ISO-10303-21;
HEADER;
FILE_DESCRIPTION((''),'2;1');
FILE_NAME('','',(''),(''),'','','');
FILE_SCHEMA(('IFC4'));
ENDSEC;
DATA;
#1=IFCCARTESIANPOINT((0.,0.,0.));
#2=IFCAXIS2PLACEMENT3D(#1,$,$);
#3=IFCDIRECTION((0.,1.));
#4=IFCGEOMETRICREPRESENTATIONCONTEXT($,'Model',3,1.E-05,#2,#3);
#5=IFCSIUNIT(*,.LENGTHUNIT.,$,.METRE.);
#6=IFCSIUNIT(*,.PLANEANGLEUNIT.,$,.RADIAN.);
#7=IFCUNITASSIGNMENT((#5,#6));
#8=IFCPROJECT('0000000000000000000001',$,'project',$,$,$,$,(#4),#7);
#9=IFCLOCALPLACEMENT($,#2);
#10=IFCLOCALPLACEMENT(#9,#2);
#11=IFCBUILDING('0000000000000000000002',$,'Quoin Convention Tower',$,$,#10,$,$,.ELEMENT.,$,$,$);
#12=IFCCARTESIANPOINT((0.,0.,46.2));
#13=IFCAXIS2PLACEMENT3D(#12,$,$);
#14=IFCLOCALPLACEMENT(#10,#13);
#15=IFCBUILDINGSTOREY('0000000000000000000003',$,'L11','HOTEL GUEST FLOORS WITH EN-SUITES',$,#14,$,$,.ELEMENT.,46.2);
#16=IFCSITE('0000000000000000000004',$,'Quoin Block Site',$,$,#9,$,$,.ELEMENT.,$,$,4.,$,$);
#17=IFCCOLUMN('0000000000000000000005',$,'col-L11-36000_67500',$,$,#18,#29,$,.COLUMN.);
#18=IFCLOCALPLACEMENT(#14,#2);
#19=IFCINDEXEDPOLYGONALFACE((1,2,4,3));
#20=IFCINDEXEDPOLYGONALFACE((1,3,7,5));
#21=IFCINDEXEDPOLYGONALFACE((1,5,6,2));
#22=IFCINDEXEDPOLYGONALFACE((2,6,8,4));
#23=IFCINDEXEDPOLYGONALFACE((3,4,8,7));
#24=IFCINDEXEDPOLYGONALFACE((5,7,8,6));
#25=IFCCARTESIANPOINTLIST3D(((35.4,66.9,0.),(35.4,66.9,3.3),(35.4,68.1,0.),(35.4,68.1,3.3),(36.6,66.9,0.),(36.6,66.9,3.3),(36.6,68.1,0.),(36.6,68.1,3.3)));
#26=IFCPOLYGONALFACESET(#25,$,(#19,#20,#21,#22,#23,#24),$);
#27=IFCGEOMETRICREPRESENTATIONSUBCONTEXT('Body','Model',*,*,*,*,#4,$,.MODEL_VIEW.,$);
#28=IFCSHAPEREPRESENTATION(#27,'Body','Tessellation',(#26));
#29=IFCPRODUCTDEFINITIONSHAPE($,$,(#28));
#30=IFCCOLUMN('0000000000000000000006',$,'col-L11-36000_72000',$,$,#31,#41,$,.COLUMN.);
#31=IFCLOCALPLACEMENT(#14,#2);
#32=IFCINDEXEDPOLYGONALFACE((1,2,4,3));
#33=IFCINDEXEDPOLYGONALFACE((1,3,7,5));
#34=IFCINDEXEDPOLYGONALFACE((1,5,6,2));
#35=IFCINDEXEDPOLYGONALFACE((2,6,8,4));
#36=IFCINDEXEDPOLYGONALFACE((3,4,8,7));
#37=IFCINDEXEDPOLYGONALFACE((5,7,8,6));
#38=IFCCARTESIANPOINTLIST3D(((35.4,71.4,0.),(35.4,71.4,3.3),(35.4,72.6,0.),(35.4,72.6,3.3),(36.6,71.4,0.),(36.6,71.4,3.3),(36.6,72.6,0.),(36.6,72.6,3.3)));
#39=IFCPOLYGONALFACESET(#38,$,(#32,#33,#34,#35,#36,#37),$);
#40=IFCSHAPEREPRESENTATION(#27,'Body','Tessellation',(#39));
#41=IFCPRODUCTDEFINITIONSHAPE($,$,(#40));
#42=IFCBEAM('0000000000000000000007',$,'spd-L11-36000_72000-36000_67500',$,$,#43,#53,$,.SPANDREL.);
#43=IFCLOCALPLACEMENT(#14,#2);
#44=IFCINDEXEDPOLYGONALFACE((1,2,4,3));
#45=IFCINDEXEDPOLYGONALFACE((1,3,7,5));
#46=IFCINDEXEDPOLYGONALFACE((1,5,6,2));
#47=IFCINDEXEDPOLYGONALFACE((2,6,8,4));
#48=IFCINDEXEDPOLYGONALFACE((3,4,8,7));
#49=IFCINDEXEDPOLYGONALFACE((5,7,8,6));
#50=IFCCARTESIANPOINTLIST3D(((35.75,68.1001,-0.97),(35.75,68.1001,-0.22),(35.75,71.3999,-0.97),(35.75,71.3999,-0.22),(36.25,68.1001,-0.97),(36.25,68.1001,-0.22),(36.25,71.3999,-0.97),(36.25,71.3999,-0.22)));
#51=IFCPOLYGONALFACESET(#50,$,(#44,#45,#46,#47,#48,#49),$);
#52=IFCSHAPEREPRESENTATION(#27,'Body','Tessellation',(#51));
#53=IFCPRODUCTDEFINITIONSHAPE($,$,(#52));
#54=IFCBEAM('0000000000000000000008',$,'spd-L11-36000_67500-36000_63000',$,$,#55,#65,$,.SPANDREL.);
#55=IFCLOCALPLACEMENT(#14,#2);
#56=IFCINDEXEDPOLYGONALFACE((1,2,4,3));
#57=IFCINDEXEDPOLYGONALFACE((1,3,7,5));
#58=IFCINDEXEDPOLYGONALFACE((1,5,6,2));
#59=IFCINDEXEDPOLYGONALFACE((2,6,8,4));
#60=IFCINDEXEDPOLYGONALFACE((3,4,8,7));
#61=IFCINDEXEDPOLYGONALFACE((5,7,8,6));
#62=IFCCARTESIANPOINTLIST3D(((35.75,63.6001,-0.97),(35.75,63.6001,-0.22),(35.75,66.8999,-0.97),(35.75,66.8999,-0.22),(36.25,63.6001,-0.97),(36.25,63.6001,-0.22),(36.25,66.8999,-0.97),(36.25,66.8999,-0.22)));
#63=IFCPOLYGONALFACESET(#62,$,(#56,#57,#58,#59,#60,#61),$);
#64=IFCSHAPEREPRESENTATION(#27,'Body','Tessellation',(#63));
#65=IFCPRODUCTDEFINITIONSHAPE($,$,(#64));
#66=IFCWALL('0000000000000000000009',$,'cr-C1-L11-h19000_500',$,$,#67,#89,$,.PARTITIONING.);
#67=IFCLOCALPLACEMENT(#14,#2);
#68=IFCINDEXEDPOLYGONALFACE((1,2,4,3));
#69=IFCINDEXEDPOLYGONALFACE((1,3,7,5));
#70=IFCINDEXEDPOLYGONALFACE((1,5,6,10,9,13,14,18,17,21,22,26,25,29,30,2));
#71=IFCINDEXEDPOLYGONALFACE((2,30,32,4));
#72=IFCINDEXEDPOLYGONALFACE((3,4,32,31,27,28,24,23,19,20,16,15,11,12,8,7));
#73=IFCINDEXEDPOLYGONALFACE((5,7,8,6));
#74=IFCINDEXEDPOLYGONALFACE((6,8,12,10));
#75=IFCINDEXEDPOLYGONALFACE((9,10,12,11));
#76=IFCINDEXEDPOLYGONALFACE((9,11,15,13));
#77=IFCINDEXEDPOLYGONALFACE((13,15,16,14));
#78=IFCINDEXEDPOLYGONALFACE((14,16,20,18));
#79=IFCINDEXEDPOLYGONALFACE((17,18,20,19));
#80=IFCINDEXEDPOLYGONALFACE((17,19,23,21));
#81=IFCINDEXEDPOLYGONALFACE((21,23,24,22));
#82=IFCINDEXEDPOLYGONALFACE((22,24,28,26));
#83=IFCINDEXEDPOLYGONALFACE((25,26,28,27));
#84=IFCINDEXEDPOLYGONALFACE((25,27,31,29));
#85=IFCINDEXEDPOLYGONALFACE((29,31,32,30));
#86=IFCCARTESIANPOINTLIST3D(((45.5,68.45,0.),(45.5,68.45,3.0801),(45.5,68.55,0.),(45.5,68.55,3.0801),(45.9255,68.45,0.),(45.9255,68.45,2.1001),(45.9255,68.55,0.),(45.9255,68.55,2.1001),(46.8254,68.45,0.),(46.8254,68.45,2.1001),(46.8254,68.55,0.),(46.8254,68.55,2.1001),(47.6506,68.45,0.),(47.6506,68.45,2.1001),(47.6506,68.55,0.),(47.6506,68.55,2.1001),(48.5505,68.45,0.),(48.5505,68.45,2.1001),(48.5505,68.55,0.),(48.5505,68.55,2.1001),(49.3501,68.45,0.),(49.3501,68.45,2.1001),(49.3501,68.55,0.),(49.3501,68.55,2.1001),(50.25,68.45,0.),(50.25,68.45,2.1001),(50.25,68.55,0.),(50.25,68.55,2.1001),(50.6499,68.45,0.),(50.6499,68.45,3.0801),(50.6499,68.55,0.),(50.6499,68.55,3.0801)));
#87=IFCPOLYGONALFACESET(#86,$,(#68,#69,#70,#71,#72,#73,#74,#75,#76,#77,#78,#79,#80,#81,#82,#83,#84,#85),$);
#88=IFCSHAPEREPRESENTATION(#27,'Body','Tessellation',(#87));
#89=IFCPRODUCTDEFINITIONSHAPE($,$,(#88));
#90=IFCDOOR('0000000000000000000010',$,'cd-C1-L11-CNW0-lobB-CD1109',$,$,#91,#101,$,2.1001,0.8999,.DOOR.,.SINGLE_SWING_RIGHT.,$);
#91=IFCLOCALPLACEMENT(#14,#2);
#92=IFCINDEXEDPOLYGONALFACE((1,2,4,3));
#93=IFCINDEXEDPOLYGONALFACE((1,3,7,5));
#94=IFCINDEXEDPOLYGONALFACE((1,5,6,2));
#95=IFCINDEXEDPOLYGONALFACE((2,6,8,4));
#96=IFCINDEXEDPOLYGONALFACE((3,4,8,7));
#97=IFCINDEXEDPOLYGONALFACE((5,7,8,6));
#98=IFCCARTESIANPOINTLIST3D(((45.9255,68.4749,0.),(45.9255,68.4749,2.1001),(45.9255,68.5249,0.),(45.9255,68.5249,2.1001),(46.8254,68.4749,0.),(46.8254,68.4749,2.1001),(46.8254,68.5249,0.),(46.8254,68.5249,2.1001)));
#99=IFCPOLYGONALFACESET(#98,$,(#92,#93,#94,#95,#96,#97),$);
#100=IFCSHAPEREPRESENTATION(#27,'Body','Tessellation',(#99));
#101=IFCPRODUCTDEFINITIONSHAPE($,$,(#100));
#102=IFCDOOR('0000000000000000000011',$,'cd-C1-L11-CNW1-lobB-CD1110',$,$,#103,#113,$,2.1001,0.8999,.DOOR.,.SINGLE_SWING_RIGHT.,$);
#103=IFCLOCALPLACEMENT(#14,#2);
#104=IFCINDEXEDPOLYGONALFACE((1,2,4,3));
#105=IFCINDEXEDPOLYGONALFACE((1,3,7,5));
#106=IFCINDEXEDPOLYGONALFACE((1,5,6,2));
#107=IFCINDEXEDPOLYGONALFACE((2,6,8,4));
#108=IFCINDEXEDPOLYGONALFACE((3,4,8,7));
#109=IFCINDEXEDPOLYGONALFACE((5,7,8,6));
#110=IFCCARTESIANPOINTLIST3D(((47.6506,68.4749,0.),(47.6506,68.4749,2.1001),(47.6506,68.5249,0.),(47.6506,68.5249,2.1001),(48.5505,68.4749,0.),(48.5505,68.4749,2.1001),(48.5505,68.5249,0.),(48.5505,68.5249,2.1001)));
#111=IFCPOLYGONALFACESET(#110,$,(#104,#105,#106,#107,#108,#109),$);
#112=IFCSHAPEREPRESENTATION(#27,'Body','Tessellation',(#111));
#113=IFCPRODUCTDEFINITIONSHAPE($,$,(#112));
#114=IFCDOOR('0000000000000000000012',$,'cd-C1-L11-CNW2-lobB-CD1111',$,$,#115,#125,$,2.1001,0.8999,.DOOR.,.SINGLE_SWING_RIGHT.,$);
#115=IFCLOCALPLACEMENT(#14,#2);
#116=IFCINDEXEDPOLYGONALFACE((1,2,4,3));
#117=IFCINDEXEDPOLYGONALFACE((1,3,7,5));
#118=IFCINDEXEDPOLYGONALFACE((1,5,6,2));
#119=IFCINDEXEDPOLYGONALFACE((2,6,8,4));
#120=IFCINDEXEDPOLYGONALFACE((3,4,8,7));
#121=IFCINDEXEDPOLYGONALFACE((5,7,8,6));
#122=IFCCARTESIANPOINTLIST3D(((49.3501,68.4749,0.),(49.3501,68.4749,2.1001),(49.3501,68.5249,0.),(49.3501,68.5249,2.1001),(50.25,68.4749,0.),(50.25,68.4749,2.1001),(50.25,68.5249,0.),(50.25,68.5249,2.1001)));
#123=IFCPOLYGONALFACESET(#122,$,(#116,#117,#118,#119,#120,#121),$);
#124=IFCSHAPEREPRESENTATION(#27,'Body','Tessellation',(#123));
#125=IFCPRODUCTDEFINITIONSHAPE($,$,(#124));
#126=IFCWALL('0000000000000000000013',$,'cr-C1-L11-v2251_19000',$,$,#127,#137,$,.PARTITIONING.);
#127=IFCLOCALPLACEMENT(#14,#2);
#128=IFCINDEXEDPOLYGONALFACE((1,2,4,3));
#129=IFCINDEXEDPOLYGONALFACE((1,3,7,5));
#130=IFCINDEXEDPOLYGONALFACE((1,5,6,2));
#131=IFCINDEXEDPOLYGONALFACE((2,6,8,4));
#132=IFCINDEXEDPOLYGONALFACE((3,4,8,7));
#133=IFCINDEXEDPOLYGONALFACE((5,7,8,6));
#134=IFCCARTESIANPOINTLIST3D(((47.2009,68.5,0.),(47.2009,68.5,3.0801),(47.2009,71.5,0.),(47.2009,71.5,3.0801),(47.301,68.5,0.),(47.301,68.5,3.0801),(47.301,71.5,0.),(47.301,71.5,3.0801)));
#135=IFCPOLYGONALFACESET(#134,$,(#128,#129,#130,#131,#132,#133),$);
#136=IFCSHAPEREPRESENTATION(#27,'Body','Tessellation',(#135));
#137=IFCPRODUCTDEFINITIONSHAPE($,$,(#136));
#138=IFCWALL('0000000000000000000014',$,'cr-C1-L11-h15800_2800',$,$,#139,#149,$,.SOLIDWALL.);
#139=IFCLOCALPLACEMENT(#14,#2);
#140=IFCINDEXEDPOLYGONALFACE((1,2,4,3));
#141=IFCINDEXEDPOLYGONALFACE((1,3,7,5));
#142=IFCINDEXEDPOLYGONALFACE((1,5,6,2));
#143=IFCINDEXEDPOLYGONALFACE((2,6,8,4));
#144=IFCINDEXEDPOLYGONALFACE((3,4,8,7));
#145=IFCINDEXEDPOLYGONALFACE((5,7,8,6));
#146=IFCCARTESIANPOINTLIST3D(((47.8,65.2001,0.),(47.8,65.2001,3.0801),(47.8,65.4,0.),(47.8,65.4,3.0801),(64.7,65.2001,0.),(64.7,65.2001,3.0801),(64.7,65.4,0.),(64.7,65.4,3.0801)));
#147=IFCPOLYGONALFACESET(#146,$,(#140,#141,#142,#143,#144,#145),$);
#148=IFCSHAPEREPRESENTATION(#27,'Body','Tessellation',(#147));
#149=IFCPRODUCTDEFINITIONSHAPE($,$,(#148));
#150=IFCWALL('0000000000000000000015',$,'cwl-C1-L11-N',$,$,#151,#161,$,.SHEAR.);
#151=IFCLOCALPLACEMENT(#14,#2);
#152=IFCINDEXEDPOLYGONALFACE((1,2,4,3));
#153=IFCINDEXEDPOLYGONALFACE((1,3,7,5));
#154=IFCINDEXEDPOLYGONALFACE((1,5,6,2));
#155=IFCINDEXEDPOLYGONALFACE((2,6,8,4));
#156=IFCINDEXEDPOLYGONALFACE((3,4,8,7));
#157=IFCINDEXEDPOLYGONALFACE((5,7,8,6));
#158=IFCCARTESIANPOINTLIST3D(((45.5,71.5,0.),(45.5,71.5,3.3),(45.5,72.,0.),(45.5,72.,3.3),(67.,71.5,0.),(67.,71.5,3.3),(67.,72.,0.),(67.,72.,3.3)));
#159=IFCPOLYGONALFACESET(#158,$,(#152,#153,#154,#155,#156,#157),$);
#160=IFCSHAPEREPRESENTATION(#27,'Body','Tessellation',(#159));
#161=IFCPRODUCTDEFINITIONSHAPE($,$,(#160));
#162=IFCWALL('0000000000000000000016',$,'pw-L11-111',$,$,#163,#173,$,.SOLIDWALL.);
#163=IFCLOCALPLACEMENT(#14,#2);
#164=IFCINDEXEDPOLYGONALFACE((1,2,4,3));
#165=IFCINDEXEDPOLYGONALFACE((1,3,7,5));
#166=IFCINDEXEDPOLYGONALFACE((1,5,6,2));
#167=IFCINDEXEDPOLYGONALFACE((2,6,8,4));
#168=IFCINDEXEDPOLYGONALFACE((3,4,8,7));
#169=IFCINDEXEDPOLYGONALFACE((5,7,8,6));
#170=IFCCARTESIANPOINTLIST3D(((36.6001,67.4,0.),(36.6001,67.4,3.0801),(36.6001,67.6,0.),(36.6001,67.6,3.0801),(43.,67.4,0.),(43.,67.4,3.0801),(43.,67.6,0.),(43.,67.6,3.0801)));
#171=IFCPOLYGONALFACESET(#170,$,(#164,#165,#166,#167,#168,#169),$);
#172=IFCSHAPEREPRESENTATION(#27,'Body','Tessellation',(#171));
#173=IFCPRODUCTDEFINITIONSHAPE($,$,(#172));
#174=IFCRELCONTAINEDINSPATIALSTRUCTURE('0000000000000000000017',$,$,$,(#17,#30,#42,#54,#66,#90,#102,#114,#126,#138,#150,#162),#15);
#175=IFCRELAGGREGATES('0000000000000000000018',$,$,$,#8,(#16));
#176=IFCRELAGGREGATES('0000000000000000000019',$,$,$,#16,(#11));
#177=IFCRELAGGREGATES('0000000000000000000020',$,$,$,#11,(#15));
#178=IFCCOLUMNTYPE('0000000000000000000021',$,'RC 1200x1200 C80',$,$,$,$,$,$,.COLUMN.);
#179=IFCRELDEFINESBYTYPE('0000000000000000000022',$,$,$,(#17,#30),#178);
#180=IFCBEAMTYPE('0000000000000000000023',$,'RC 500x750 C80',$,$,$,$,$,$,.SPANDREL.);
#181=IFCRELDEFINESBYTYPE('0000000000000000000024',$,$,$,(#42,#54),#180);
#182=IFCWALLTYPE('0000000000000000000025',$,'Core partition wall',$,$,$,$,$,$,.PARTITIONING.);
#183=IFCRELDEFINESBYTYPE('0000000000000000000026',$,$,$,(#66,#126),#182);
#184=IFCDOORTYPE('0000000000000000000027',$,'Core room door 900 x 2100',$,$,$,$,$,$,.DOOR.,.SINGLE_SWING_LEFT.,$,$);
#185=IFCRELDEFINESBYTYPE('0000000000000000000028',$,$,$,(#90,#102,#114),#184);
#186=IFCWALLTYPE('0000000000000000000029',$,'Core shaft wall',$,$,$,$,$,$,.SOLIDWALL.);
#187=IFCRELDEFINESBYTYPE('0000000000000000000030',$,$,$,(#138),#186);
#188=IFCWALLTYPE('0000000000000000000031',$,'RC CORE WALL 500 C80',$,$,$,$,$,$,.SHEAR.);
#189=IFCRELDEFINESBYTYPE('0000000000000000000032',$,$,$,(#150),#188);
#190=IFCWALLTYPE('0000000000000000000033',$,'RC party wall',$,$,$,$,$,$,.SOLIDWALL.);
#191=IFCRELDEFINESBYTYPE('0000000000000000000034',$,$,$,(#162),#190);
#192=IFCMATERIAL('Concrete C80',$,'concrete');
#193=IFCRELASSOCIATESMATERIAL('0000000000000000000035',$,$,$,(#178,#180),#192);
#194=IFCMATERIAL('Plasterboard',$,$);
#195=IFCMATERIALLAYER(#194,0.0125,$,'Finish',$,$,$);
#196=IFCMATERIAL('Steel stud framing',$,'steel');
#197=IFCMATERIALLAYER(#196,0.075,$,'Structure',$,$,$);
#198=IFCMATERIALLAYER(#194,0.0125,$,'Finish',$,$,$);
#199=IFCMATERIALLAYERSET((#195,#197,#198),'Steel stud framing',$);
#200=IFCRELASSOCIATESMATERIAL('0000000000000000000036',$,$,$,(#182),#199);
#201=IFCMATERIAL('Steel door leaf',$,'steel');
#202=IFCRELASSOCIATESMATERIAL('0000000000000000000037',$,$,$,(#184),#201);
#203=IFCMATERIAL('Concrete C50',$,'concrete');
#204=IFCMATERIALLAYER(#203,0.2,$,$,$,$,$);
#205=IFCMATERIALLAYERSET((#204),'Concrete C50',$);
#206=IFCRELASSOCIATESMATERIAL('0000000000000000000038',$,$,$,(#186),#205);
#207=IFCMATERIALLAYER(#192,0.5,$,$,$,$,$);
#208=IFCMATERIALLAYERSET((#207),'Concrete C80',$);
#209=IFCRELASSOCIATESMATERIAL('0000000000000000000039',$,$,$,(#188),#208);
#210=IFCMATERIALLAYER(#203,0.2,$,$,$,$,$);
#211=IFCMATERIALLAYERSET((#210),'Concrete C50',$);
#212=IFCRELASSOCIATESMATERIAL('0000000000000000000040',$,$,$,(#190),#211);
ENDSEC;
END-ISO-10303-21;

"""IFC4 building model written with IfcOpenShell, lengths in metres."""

from ifc_helpers import new_model, si_unit, direction, frame, frame_2d, origin, origin_2d, place, context, subcontext, project, spatial, rectangle, extrude, material, layer, layer_set, material_profile, profile_set, type_object, element, fill, save


model = new_model("IFC4")

# Units and contexts
model_context = context("Model", 3, precision=1e-05, world=origin(), true_north=direction((0.0, 1.0)))
body_context = subcontext(model_context, "Body", "Model", "MODEL_VIEW")
ifc_project = project(units=[si_unit("LENGTHUNIT", "METRE"), si_unit("PLANEANGLEUNIT", "RADIAN")], contexts=[model_context])

# Site, building, storey
site_placement = place(None, origin())
site = spatial("IfcSite", under=ifc_project, at=site_placement, Name="Quoin Block Site", CompositionType="ELEMENT", RefElevation=4.0)
building_placement = place(site_placement, origin())
building = spatial("IfcBuilding", under=site, at=building_placement, Name="Quoin Convention Tower", CompositionType="ELEMENT")
storey_placement = place(building_placement, frame((0.0, 0.0, 46.2)))
storey = spatial("IfcBuildingStorey", under=building, at=storey_placement, Name="L11", Description="HOTEL GUEST FLOORS WITH EN-SUITES", CompositionType="ELEMENT", Elevation=46.2)

# Columns
ifc_material_1 = material(Name="Concrete C80", Category="concrete")
ifc_material_profile_1 = material_profile(ifc_material_1, rectangle(XDim=1.2, YDim=1.2, at=origin_2d()), Name="RC 1200x1200")
ifc_profile_set_1 = profile_set([ifc_material_profile_1], Name="Concrete C80")
column_type = type_object("IfcColumnType", Name="RC 1200x1200 C80", PredefinedType="COLUMN", material=ifc_profile_set_1)
for number, where, z_axis, x_axis, name in (
    (1, (36.0, 67.5, 0.0), (0.0, 0.0, 1.0), (1.0, 0.0, 0.0), "col-L11-36000_67500"),
    (2, (36.0, 72.0, 0.0), (0.0, 0.0, 1.0), (1.0, 0.0, 0.0), "col-L11-36000_72000"),
):
    element("IfcColumn", number, at=place(storey_placement, frame(where, z_axis=z_axis, x_axis=x_axis)), inside=storey, type_object=column_type, Name=name, PredefinedType="COLUMN", context=body_context, shape_type="SweptSolid", body=[
        extrude(rectangle(XDim=1.2, YDim=1.2, at=origin_2d()), origin(), (0.0, 0.0, 1.0), 3.3),
    ])

# Beams
ifc_material_profile_2 = material_profile(ifc_material_1, rectangle(XDim=0.5, YDim=0.75, at=origin_2d()), Name="RC 500x750")
ifc_profile_set_2 = profile_set([ifc_material_profile_2], Name="Concrete C80")
beam_type = type_object("IfcBeamType", Name="RC 500x750 C80", PredefinedType="SPANDREL", material=ifc_profile_set_2)
for number, where, z_axis, x_axis, name in (
    (3, (36.0, 71.3999, -0.595), (0.0, -1.0, 0.0), (1.0, 0.0, 0.0), "spd-L11-36000_72000-36000_67500"),
    (4, (36.0, 66.8999, -0.595), (0.0, -1.0, 0.0), (1.0, 0.0, 0.0), "spd-L11-36000_67500-36000_63000"),
):
    element("IfcBeam", number, at=place(storey_placement, frame(where, z_axis=z_axis, x_axis=x_axis)), inside=storey, type_object=beam_type, Name=name, PredefinedType="SPANDREL", context=body_context, shape_type="SweptSolid", body=[
        extrude(rectangle(XDim=0.5, YDim=0.75, at=origin_2d()), origin(), (0.0, 0.0, 1.0), 3.2998),
    ])

# Wall, openings, doors
ifc_material_2 = material(Name="Plasterboard")
ifc_layer_1 = layer(ifc_material_2, 0.0125, Name="Finish")
ifc_material_3 = material(Name="Steel stud framing", Category="steel")
ifc_layer_2 = layer(ifc_material_3, 0.075, Name="Structure")
ifc_layer_3 = layer(ifc_material_2, 0.0125, Name="Finish")
ifc_layer_set_1 = layer_set([ifc_layer_1, ifc_layer_2, ifc_layer_3], Name="Steel stud framing")
wall_type_1 = type_object("IfcWallType", Name="Core partition wall", PredefinedType="PARTITIONING", material=ifc_layer_set_1)
wall_1_placement = place(storey_placement, frame((45.5, 68.5, 0.0), z_axis=(0.0, 0.0, 1.0), x_axis=(1.0, 0.0, 0.0)))
wall_1 = element("IfcWall", 5, at=wall_1_placement, inside=storey, type_object=wall_type_1, Name="cr-C1-L11-h19000_500", PredefinedType="PARTITIONING", context=body_context, shape_type="SweptSolid", body=[
    extrude(rectangle(XDim=5.1499, YDim=0.1001, at=frame_2d((2.575, 0.0))), origin(), (0.0, 0.0, 1.0), 3.0801),
])
opening_1_placement = place(wall_1_placement, frame((0.4255, 0.0, 0.0)))
opening_1 = element("IfcOpeningElement", 6, at=opening_1_placement, cuts=wall_1, PredefinedType="OPENING", context=body_context, shape_type="SweptSolid", body=[
    extrude(rectangle(XDim=0.8999, YDim=2.1001, at=frame_2d((0.45, 1.05))), frame((0.0, 0.0601, 0.0), z_axis=(0.0, -1.0, 0.0), x_axis=(1.0, 0.0, 0.0)), (0.0, 0.0, 1.0), 0.1201),
])
opening_2_placement = place(wall_1_placement, frame((2.1506, 0.0, 0.0)))
opening_2 = element("IfcOpeningElement", 7, at=opening_2_placement, cuts=wall_1, PredefinedType="OPENING", context=body_context, shape_type="SweptSolid", body=[
    extrude(rectangle(XDim=0.8999, YDim=2.1001, at=frame_2d((0.45, 1.05))), frame((0.0, 0.0601, 0.0), z_axis=(0.0, -1.0, 0.0), x_axis=(1.0, 0.0, 0.0)), (0.0, 0.0, 1.0), 0.1201),
])
opening_3_placement = place(wall_1_placement, frame((3.8501, 0.0, 0.0)))
opening_3 = element("IfcOpeningElement", 8, at=opening_3_placement, cuts=wall_1, PredefinedType="OPENING", context=body_context, shape_type="SweptSolid", body=[
    extrude(rectangle(XDim=0.8999, YDim=2.1001, at=frame_2d((0.45, 1.05))), frame((0.0, 0.0601, 0.0), z_axis=(0.0, -1.0, 0.0), x_axis=(1.0, 0.0, 0.0)), (0.0, 0.0, 1.0), 0.1201),
])
ifc_material_4 = material(Name="Steel door leaf", Category="steel")
door_type_1 = type_object("IfcDoorType", Name="Core room door 900 x 2100", OperationType="SINGLE_SWING_LEFT", PredefinedType="DOOR", material=ifc_material_4)
door_1_placement = place(opening_1_placement, origin())
door_1 = element("IfcDoor", 9, at=door_1_placement, inside=storey, type_object=door_type_1, Name="cd-C1-L11-CNW0-lobB-CD1109", OperationType="SINGLE_SWING_RIGHT", OverallHeight=2.1001, OverallWidth=0.8999, PredefinedType="DOOR", context=body_context, shape_type="SweptSolid", body=[
    extrude(rectangle(XDim=0.8999, YDim=2.1001, at=frame_2d((0.45, 1.05))), frame((0.0, 0.0249, 0.0), z_axis=(0.0, -1.0, 0.0), x_axis=(1.0, 0.0, 0.0)), (0.0, 0.0, 1.0), 0.05),
])
fill(opening_1, door_1)
door_2_placement = place(opening_2_placement, origin())
door_2 = element("IfcDoor", 10, at=door_2_placement, inside=storey, type_object=door_type_1, Name="cd-C1-L11-CNW1-lobB-CD1110", OperationType="SINGLE_SWING_RIGHT", OverallHeight=2.1001, OverallWidth=0.8999, PredefinedType="DOOR", context=body_context, shape_type="SweptSolid", body=[
    extrude(rectangle(XDim=0.8999, YDim=2.1001, at=frame_2d((0.45, 1.05))), frame((0.0, 0.0249, 0.0), z_axis=(0.0, -1.0, 0.0), x_axis=(1.0, 0.0, 0.0)), (0.0, 0.0, 1.0), 0.05),
])
fill(opening_2, door_2)
door_3_placement = place(opening_3_placement, origin())
door_3 = element("IfcDoor", 11, at=door_3_placement, inside=storey, type_object=door_type_1, Name="cd-C1-L11-CNW2-lobB-CD1111", OperationType="SINGLE_SWING_RIGHT", OverallHeight=2.1001, OverallWidth=0.8999, PredefinedType="DOOR", context=body_context, shape_type="SweptSolid", body=[
    extrude(rectangle(XDim=0.8999, YDim=2.1001, at=frame_2d((0.45, 1.05))), frame((0.0, 0.0249, 0.0), z_axis=(0.0, -1.0, 0.0), x_axis=(1.0, 0.0, 0.0)), (0.0, 0.0, 1.0), 0.05),
])
fill(opening_3, door_3)

# Walls
wall_2_placement = place(storey_placement, frame((47.251, 68.5, 0.0), z_axis=(0.0, 0.0, 1.0), x_axis=(0.0, 1.0, 0.0)))
element("IfcWall", 12, at=wall_2_placement, inside=storey, type_object=wall_type_1, Name="cr-C1-L11-v2251_19000", PredefinedType="PARTITIONING", context=body_context, shape_type="SweptSolid", body=[
    extrude(rectangle(XDim=3.0, YDim=0.1001, at=frame_2d((1.5, 0.0))), origin(), (0.0, 0.0, 1.0), 3.0801),
])
ifc_material_5 = material(Name="Concrete C50", Category="concrete")
ifc_layer_4 = layer(ifc_material_5, 0.2)
ifc_layer_set_2 = layer_set([ifc_layer_4], Name="Concrete C50")
wall_type_2 = type_object("IfcWallType", Name="Core shaft wall", PredefinedType="SOLIDWALL", material=ifc_layer_set_2)
wall_3_placement = place(storey_placement, frame((47.8, 65.3, 0.0), z_axis=(0.0, 0.0, 1.0), x_axis=(1.0, 0.0, 0.0)))
element("IfcWall", 13, at=wall_3_placement, inside=storey, type_object=wall_type_2, Name="cr-C1-L11-h15800_2800", PredefinedType="SOLIDWALL", context=body_context, shape_type="SweptSolid", body=[
    extrude(rectangle(XDim=16.8999, YDim=0.2, at=frame_2d((8.45, 0.0))), origin(), (0.0, 0.0, 1.0), 3.0801),
])
ifc_layer_5 = layer(ifc_material_1, 0.5)
ifc_layer_set_3 = layer_set([ifc_layer_5], Name="Concrete C80")
wall_type_3 = type_object("IfcWallType", Name="RC CORE WALL 500 C80", PredefinedType="SHEAR", material=ifc_layer_set_3)
wall_4_placement = place(storey_placement, frame((45.5, 71.75, 0.0), z_axis=(0.0, 0.0, 1.0), x_axis=(1.0, 0.0, 0.0)))
element("IfcWall", 14, at=wall_4_placement, inside=storey, type_object=wall_type_3, Name="cwl-C1-L11-N", PredefinedType="SHEAR", context=body_context, shape_type="SweptSolid", body=[
    extrude(rectangle(XDim=21.5, YDim=0.5, at=frame_2d((10.75, 0.0))), origin(), (0.0, 0.0, 1.0), 3.3),
])
ifc_layer_6 = layer(ifc_material_5, 0.2)
ifc_layer_set_4 = layer_set([ifc_layer_6], Name="Concrete C50")
wall_type_4 = type_object("IfcWallType", Name="RC party wall", PredefinedType="SOLIDWALL", material=ifc_layer_set_4)
wall_5_placement = place(storey_placement, frame((36.6001, 67.5, 0.0), z_axis=(0.0, 0.0, 1.0), x_axis=(1.0, 0.0, 0.0)))
element("IfcWall", 15, at=wall_5_placement, inside=storey, type_object=wall_type_4, Name="pw-L11-111", PredefinedType="SOLIDWALL", context=body_context, shape_type="SweptSolid", body=[
    extrude(rectangle(XDim=6.3999, YDim=0.2, at=frame_2d((3.2, 0.0))), origin(), (0.0, 0.0, 1.0), 3.0801),
])

save(model, "model.ifc")
